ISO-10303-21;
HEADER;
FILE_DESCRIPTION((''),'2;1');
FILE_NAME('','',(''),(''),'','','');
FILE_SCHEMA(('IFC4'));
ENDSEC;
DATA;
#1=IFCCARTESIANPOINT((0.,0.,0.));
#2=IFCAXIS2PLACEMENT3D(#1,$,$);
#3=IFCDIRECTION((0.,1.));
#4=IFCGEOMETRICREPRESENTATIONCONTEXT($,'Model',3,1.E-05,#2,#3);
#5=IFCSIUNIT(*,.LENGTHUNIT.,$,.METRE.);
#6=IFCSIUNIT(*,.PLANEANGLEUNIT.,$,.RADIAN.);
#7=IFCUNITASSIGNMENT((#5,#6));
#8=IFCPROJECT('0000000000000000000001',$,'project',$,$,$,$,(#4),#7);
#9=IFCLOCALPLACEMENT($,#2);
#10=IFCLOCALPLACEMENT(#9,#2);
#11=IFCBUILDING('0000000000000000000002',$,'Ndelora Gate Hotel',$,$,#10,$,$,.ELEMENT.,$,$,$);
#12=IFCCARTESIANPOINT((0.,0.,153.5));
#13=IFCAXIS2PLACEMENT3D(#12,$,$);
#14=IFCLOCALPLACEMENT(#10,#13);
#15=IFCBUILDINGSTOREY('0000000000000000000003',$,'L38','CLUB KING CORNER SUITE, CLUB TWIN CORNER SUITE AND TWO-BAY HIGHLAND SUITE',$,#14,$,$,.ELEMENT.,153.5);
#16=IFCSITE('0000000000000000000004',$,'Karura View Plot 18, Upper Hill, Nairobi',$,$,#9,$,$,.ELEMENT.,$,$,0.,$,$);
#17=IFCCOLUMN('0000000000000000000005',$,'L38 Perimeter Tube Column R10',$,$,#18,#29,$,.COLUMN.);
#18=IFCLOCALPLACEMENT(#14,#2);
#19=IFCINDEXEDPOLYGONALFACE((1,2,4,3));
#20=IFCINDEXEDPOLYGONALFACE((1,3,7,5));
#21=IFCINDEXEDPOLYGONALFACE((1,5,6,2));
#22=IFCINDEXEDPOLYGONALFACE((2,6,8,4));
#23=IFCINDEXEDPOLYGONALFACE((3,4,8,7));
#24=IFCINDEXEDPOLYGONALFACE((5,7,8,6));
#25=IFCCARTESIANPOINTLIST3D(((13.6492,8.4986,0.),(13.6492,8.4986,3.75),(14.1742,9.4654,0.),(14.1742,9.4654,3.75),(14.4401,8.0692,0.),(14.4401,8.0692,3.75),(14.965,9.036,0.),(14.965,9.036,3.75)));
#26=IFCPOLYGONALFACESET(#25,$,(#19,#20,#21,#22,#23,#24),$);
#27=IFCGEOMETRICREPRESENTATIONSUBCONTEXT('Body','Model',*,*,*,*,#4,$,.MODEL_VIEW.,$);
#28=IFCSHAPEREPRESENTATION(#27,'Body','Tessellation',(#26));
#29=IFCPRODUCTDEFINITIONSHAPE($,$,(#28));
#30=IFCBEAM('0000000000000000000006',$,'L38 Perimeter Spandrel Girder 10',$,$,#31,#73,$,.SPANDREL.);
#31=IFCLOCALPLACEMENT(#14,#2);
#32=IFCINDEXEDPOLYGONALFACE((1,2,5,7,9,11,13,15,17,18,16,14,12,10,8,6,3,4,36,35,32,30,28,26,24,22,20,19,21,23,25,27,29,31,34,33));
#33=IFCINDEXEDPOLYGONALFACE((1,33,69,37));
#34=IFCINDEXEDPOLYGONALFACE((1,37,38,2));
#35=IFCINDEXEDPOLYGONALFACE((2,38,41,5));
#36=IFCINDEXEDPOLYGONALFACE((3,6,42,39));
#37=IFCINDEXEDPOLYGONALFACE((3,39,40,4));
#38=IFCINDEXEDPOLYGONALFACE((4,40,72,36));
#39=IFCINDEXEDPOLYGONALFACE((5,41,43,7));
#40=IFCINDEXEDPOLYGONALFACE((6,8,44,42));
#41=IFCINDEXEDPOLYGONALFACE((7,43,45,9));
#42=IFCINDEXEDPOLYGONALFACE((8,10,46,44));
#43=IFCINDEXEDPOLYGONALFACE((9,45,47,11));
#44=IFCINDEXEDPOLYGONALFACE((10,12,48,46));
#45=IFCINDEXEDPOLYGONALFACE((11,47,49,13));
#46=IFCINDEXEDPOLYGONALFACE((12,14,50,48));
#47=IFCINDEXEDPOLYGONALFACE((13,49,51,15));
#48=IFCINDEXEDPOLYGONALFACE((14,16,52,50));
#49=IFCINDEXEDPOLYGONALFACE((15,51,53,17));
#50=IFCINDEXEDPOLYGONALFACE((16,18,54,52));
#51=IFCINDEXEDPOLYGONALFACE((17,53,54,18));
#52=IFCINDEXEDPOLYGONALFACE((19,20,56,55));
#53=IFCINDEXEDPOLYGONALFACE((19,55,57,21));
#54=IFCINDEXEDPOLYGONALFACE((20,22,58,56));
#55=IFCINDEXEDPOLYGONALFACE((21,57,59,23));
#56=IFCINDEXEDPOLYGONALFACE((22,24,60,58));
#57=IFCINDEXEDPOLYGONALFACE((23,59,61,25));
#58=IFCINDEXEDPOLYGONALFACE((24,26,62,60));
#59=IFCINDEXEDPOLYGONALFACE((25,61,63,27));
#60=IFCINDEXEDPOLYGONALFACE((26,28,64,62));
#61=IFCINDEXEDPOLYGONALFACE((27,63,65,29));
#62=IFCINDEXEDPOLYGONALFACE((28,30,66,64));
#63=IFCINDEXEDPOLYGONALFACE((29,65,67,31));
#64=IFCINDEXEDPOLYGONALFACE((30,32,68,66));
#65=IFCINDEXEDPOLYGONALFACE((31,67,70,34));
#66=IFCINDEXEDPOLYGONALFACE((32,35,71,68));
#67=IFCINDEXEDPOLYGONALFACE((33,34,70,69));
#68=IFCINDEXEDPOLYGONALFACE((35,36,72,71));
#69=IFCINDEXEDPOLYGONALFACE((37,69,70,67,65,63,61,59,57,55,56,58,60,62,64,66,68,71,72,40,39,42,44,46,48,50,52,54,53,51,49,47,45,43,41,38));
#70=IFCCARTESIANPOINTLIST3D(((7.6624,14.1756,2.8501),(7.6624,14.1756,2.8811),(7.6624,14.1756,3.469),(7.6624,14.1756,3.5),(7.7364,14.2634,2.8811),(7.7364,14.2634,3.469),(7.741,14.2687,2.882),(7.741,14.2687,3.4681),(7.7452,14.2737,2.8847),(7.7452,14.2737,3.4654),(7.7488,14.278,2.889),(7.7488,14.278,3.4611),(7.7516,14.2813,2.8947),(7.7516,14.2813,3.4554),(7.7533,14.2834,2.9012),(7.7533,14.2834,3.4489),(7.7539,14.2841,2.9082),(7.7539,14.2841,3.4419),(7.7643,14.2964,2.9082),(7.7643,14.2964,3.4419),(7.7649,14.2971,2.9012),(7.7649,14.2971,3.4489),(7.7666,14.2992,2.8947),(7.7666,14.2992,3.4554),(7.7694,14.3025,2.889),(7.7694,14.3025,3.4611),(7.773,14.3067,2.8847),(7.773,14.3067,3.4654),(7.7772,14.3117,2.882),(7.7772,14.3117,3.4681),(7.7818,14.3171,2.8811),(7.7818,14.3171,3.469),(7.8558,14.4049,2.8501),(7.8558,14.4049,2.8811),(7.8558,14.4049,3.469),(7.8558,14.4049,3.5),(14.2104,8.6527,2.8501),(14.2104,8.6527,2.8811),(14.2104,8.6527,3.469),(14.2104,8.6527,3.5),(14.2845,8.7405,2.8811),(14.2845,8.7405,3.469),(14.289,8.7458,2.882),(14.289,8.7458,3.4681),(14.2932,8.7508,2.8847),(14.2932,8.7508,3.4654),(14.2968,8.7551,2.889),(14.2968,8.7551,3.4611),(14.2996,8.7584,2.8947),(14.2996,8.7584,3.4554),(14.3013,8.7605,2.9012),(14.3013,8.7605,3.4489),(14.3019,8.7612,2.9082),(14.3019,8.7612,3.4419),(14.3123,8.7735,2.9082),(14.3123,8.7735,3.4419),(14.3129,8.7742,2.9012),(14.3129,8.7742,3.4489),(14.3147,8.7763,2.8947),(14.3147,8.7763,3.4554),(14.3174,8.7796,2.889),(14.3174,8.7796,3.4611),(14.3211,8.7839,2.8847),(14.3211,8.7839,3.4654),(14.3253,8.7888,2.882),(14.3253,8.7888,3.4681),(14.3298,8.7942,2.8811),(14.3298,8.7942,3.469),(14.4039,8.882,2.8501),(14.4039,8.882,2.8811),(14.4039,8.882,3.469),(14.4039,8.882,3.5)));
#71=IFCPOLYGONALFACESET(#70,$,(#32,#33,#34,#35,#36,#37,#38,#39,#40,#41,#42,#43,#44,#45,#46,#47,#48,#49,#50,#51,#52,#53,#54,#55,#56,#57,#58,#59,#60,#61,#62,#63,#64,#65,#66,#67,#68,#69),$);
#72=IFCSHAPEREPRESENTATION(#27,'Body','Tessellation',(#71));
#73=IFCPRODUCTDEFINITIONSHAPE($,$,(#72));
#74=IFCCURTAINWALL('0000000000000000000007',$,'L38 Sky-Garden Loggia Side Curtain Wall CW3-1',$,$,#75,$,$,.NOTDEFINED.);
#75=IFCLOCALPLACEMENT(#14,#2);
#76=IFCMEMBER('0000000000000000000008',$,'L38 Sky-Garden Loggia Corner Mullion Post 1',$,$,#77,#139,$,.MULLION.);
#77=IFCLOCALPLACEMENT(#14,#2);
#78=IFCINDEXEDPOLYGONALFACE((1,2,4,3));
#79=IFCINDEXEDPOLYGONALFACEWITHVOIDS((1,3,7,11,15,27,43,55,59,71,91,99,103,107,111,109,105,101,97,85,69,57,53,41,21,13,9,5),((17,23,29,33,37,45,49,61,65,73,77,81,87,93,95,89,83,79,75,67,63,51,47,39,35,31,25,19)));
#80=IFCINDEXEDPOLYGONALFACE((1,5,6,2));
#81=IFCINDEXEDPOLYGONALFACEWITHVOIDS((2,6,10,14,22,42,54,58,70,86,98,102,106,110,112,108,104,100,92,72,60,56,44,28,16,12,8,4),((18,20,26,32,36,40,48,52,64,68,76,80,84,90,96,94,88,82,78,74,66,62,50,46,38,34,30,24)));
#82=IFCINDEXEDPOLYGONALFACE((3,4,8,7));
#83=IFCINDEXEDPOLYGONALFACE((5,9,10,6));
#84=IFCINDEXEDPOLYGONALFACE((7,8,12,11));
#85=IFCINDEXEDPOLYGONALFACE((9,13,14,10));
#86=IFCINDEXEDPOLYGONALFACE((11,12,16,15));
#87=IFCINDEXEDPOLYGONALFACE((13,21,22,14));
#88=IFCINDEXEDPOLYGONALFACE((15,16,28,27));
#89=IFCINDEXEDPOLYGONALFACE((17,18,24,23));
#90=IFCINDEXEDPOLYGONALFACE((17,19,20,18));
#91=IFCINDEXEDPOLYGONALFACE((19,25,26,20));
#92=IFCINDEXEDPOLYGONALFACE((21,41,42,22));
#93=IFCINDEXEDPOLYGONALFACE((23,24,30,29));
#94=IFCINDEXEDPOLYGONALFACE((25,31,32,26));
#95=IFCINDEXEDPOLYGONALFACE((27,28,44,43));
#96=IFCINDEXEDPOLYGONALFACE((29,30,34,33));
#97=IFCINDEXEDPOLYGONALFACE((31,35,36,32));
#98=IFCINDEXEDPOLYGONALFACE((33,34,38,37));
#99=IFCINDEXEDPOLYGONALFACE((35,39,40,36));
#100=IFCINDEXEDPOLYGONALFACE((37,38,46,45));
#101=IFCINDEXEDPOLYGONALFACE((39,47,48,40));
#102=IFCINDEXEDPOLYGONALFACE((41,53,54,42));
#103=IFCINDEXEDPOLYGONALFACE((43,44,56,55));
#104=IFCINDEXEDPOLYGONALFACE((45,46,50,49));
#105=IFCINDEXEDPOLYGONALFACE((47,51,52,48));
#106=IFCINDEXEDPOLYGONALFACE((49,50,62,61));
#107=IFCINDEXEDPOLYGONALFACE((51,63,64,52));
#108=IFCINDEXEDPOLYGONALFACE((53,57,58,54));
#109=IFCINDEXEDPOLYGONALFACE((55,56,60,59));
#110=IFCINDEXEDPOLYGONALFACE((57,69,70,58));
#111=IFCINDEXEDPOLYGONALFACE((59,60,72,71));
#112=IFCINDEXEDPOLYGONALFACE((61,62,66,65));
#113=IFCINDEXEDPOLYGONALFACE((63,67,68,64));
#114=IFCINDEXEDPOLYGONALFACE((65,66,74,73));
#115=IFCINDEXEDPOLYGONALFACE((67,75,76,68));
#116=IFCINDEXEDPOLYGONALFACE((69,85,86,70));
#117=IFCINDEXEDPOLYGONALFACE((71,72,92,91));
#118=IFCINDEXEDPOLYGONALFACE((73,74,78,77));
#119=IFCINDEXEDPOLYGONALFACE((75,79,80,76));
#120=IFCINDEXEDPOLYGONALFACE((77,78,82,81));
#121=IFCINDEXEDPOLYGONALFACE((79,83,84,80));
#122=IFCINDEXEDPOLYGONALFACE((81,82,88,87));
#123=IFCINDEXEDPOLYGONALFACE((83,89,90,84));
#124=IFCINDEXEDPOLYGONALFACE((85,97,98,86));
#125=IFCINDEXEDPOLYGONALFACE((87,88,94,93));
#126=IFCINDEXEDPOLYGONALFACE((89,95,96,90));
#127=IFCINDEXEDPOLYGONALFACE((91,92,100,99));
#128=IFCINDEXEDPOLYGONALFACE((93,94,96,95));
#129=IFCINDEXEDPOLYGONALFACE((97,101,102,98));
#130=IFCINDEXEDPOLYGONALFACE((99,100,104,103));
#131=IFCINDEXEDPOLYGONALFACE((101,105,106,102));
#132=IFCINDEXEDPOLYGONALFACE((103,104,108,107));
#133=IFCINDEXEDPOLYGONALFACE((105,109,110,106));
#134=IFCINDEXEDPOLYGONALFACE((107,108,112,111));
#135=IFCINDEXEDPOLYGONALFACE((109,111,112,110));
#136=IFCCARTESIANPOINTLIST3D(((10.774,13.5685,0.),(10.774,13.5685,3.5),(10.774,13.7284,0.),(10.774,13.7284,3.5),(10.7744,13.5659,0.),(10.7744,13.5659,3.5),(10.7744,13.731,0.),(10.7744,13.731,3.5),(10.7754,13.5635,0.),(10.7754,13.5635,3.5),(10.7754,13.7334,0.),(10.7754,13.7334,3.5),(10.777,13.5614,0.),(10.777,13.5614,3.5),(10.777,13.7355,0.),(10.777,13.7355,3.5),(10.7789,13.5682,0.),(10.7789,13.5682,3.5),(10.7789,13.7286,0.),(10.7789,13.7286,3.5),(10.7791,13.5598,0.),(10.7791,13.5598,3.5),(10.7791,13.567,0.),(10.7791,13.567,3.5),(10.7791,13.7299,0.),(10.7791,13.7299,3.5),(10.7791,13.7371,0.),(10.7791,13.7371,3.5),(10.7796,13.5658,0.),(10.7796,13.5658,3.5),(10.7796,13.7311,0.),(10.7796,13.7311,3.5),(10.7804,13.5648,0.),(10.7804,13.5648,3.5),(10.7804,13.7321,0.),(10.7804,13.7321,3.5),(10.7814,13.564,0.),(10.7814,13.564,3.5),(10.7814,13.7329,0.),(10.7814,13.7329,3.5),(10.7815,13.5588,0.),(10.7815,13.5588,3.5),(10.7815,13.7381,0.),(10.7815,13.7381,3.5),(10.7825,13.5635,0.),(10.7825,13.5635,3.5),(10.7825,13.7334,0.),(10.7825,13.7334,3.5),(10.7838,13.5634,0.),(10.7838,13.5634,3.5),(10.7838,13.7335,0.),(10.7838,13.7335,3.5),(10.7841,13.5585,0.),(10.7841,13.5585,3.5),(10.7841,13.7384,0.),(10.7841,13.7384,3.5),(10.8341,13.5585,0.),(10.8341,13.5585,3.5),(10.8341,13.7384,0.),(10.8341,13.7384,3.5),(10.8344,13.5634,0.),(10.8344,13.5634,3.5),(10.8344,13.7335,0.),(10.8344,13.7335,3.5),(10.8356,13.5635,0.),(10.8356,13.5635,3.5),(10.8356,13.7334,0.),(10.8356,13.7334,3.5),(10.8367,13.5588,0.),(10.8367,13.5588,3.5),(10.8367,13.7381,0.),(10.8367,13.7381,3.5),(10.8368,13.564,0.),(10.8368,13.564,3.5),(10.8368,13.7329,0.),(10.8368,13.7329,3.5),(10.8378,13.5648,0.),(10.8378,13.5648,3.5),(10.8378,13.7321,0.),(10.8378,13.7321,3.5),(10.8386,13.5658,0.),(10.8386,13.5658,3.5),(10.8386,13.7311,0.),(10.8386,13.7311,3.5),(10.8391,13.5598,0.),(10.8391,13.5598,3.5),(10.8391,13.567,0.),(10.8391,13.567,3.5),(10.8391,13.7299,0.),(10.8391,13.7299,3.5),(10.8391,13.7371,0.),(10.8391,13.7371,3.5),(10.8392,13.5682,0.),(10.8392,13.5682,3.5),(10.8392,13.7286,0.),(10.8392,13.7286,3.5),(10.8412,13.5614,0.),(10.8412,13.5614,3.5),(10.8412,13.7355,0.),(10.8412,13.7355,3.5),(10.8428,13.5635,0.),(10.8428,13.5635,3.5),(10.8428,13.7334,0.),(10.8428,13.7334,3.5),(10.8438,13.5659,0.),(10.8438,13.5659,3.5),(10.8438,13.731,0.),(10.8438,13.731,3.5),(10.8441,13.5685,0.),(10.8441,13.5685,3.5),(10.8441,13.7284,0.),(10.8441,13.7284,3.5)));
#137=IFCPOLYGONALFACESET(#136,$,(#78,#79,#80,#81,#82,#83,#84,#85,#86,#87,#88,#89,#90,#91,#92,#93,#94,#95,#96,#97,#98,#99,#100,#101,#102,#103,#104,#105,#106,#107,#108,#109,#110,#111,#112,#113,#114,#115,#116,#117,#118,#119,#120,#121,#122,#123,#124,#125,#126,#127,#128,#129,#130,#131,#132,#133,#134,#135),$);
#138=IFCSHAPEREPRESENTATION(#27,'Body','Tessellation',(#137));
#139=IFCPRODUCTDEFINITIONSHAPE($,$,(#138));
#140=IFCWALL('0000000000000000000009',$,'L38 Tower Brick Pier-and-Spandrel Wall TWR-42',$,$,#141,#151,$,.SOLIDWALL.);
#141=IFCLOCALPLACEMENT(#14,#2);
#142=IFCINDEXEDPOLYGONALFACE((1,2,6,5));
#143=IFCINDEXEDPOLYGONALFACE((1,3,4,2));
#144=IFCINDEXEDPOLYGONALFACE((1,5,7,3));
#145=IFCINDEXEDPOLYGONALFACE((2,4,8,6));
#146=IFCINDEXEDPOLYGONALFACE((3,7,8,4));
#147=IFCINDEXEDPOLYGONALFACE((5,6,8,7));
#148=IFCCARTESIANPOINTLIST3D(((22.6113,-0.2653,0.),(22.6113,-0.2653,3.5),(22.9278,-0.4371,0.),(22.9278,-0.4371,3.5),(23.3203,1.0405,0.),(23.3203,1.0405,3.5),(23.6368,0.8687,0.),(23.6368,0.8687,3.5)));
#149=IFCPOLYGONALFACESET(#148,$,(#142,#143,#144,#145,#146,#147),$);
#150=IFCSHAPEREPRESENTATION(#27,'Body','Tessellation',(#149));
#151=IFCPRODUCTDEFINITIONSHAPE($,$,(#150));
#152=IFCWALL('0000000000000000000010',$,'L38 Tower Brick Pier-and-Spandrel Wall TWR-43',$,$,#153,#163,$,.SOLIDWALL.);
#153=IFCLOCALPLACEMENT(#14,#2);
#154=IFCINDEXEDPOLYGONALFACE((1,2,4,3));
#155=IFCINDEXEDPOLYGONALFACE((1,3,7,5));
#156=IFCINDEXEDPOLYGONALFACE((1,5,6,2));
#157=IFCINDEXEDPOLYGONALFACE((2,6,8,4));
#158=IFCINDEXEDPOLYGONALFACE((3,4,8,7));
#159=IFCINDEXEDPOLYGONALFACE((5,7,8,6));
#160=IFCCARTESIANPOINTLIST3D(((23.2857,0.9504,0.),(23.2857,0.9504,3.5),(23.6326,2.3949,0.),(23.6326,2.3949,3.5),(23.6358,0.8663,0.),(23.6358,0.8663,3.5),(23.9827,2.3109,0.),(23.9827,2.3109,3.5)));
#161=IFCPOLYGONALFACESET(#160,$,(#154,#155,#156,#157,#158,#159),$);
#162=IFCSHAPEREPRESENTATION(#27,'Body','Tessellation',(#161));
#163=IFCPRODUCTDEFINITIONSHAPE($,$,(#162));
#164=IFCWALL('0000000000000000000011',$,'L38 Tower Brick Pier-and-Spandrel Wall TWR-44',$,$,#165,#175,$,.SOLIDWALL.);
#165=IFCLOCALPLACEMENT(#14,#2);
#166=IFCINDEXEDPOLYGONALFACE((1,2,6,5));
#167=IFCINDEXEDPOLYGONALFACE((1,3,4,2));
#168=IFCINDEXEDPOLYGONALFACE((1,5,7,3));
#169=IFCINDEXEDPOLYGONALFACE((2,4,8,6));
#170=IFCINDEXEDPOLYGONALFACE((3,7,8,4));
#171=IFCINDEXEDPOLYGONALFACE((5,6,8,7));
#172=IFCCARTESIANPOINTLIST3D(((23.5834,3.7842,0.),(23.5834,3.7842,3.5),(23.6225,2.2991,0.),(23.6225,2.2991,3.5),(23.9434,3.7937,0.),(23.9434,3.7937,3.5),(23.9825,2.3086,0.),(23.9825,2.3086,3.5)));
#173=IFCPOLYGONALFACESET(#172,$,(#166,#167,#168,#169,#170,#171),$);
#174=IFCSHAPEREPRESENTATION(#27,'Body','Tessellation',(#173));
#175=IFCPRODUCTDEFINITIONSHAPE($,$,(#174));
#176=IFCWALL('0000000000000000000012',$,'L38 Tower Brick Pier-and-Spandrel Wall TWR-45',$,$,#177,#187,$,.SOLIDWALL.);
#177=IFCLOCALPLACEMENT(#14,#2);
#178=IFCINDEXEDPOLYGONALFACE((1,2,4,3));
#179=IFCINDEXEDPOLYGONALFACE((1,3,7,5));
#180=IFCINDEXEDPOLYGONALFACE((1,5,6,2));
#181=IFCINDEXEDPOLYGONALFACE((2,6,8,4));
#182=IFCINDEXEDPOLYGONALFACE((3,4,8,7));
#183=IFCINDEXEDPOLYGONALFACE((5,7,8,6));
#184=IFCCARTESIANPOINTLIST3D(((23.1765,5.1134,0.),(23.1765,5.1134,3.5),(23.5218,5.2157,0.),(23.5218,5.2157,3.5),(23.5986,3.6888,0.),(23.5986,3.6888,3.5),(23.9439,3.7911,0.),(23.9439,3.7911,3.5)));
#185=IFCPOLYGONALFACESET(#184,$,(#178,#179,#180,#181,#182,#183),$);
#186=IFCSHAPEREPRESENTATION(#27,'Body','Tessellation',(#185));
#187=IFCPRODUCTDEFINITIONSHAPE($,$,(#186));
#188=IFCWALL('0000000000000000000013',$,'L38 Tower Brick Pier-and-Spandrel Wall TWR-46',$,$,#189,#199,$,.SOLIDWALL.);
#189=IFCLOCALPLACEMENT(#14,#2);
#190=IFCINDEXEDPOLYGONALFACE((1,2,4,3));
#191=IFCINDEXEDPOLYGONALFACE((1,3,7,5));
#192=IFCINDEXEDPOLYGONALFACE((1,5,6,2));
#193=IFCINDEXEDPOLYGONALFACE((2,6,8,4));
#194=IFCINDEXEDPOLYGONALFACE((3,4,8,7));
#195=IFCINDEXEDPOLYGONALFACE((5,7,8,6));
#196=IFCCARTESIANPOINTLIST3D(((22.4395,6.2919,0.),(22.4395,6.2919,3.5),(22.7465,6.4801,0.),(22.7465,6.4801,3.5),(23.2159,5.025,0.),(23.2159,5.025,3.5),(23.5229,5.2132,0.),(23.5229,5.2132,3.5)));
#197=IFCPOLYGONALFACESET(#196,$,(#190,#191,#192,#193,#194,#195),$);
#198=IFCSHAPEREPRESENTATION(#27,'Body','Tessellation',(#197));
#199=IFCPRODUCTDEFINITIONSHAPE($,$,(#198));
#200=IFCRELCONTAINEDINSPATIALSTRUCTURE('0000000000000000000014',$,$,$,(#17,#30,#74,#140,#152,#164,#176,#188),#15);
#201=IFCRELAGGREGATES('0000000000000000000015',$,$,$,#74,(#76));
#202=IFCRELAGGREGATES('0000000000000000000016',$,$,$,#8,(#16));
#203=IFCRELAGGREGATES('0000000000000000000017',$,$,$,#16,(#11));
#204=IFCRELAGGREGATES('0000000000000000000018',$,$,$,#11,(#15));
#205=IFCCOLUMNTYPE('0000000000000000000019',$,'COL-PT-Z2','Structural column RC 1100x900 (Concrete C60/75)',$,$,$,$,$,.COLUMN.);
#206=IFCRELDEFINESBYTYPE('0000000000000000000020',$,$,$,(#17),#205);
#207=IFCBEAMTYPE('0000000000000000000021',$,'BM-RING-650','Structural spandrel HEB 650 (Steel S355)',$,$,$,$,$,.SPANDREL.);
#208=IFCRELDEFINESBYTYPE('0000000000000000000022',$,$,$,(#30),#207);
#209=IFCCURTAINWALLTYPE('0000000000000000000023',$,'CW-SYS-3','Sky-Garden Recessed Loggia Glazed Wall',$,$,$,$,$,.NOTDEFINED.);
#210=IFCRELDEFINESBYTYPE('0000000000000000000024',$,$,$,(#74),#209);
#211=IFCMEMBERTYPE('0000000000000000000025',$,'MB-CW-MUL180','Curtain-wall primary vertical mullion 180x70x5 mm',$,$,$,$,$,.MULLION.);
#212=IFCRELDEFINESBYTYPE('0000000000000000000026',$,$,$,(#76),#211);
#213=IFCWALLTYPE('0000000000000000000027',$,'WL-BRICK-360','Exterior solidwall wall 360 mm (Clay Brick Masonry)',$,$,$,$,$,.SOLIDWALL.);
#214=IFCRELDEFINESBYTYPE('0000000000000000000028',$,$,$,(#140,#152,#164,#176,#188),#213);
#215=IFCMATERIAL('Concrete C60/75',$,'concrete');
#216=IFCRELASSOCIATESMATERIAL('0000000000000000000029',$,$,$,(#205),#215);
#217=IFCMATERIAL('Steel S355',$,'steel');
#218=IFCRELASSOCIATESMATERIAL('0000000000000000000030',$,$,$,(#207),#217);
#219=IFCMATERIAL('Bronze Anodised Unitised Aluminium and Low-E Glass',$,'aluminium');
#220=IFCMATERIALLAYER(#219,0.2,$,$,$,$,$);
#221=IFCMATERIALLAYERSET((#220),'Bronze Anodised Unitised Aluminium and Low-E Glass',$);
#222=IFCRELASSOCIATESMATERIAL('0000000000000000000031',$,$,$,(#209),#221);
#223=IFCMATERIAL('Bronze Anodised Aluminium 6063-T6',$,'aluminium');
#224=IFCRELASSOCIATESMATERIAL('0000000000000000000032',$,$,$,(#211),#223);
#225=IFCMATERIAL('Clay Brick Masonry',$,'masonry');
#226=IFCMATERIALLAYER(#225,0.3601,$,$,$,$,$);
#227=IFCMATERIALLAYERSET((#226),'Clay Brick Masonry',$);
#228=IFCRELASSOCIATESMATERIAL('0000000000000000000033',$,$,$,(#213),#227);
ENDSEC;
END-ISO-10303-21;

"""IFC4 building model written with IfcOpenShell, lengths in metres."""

from ifc_helpers import new_model, si_unit, direction, frame, frame_2d, origin, origin_2d, place, context, subcontext, project, spatial, rectangle, hollow_rectangle, i_section, extrude, material, layer, layer_set, material_profile, profile_set, type_object, element, aggregate, save


model = new_model("IFC4")

# Units and contexts
model_context = context("Model", 3, precision=1e-05, world=origin(), true_north=direction((0.0, 1.0)))
body_context = subcontext(model_context, "Body", "Model", "MODEL_VIEW")
ifc_project = project(units=[si_unit("LENGTHUNIT", "METRE"), si_unit("PLANEANGLEUNIT", "RADIAN")], contexts=[model_context])

# Site, building, storey
site_placement = place(None, origin())
site = spatial("IfcSite", under=ifc_project, at=site_placement, Name="Karura View Plot 18, Upper Hill, Nairobi", CompositionType="ELEMENT", RefElevation=0.0)
building_placement = place(site_placement, origin())
building = spatial("IfcBuilding", under=site, at=building_placement, Name="Ndelora Gate Hotel", CompositionType="ELEMENT")
storey_placement = place(building_placement, frame((0.0, 0.0, 153.5)))
storey = spatial("IfcBuildingStorey", under=building, at=storey_placement, Name="L38", Description="CLUB KING CORNER SUITE, CLUB TWIN CORNER SUITE AND TWO-BAY HIGHLAND SUITE", CompositionType="ELEMENT", Elevation=153.5)

# Column
ifc_material_1 = material(Name="Concrete C60/75", Category="concrete")
ifc_material_profile_1 = material_profile(ifc_material_1, rectangle(XDim=0.8999, YDim=1.1001, at=origin_2d()), Name="RC 1100x900")
ifc_profile_set_1 = profile_set([ifc_material_profile_1], Name="Concrete C60/75")
column_type = type_object("IfcColumnType", Name="COL-PT-Z2", Description="Structural column RC 1100x900 (Concrete C60/75)", PredefinedType="COLUMN", material=ifc_profile_set_1)
column_placement = place(storey_placement, frame((14.3071, 8.7673, 0.0), z_axis=(0.0, 0.0, 1.0), x_axis=(-0.878817, 0.477159, 0.0)))
element("IfcColumn", 1, at=column_placement, inside=storey, type_object=column_type, Name="L38 Perimeter Tube Column R10", PredefinedType="COLUMN", context=body_context, shape_type="SweptSolid", body=[
    extrude(rectangle(XDim=0.8999, YDim=1.1001, at=origin_2d()), origin(), (0.0, 0.0, 1.0), 3.75),
])

# Beam
ifc_material_2 = material(Name="Steel S355", Category="steel")
ifc_material_profile_2 = material_profile(ifc_material_2, i_section(OverallWidth=0.3, OverallDepth=0.6499, WebThickness=0.0161, FlangeThickness=0.031, FilletRadius=0.0271, at=origin_2d()), Name="HEB 650")
ifc_profile_set_2 = profile_set([ifc_material_profile_2], Name="Steel S355")
beam_type = type_object("IfcBeamType", Name="BM-RING-650", Description="Structural spandrel HEB 650 (Steel S355)", PredefinedType="SPANDREL", material=ifc_profile_set_2)
beam_placement = place(storey_placement, frame((14.3071, 8.7673, 3.175), z_axis=(-0.764407, 0.644734, 0.0), x_axis=(-0.644734, -0.764407, 0.0)))
element("IfcBeam", 2, at=beam_placement, inside=storey, type_object=beam_type, Name="L38 Perimeter Spandrel Girder 10", PredefinedType="SPANDREL", context=body_context, shape_type="SweptSolid", body=[
    extrude(i_section(OverallWidth=0.3, OverallDepth=0.6499, WebThickness=0.0161, FlangeThickness=0.031, FilletRadius=0.0271, at=origin_2d()), origin(), (0.0, 0.0, 1.0), 8.5662),
])

# Curtain wall, member
ifc_material_3 = material(Name="Bronze Anodised Unitised Aluminium and Low-E Glass", Category="aluminium")
ifc_layer_1 = layer(ifc_material_3, 0.2)
ifc_layer_set_1 = layer_set([ifc_layer_1], Name="Bronze Anodised Unitised Aluminium and Low-E Glass")
curtain_wall_type = type_object("IfcCurtainWallType", Name="CW-SYS-3", Description="Sky-Garden Recessed Loggia Glazed Wall", PredefinedType="NOTDEFINED", material=ifc_layer_set_1)
curtain_wall_placement = place(storey_placement, origin())
curtain_wall = element("IfcCurtainWall", 3, at=curtain_wall_placement, inside=storey, type_object=curtain_wall_type, Name="L38 Sky-Garden Loggia Side Curtain Wall CW3-1", PredefinedType="NOTDEFINED")
ifc_material_4 = material(Name="Bronze Anodised Aluminium 6063-T6", Category="aluminium")
ifc_material_profile_3 = material_profile(ifc_material_4, hollow_rectangle(XDim=0.0701, YDim=0.1799, WallThickness=0.0049, InnerFilletRadius=0.0049, OuterFilletRadius=0.01, at=origin_2d()), Name="ALU 180x70x5")
ifc_profile_set_3 = profile_set([ifc_material_profile_3], Name="Bronze Anodised Aluminium 6063-T6")
member_type = type_object("IfcMemberType", Name="MB-CW-MUL180", Description="Curtain-wall primary vertical mullion 180x70x5 mm", PredefinedType="MULLION", material=ifc_profile_set_3)
member_placement = place(storey_placement, frame((10.8091, 13.6484, 0.0), z_axis=(0.0, 0.0, 1.0), x_axis=(1.0, 0.0, 0.0)))
member = element("IfcMember", 4, at=member_placement, type_object=member_type, Name="L38 Sky-Garden Loggia Corner Mullion Post 1", PredefinedType="MULLION", context=body_context, shape_type="SweptSolid", body=[
    extrude(hollow_rectangle(XDim=0.0701, YDim=0.1799, WallThickness=0.0049, InnerFilletRadius=0.0049, OuterFilletRadius=0.01, at=origin_2d()), origin(), (0.0, 0.0, 1.0), 3.5),
])
aggregate(curtain_wall, [member])

# Walls
ifc_material_5 = material(Name="Clay Brick Masonry", Category="masonry")
ifc_layer_2 = layer(ifc_material_5, 0.3601)
ifc_layer_set_2 = layer_set([ifc_layer_2], Name="Clay Brick Masonry")
wall_type_1 = type_object("IfcWallType", Name="WL-BRICK-360", Description="Exterior solidwall wall 360 mm (Clay Brick Masonry)", PredefinedType="SOLIDWALL", material=ifc_layer_set_2)
wall_1_placement = place(storey_placement, frame((23.4785, 0.9546, 0.0), z_axis=(0.0, 0.0, 1.0), x_axis=(-0.477124, -0.878836, 0.0)))
element("IfcWall", 5, at=wall_1_placement, inside=storey, type_object=wall_type_1, Name="L38 Tower Brick Pier-and-Spandrel Wall TWR-42", PredefinedType="SOLIDWALL", context=body_context, shape_type="SweptSolid", body=[
    extrude(rectangle(XDim=1.4858, YDim=0.3601, at=frame_2d((0.7429, 0.0))), origin(), (0.0, 0.0, 1.0), 3.5),
])
for number, where, z_axis, x_axis, name in (
    (6, (23.8076, 2.3528, 0.0), (0.0, 0.0, 1.0), (-0.233516, -0.972353, 0.0), "L38 Tower Brick Pier-and-Spandrel Wall TWR-43"),
    (7, (23.7634, 3.7888, 0.0), (0.0, 0.0, 1.0), (0.026294, -0.999654, 0.0), "L38 Tower Brick Pier-and-Spandrel Wall TWR-44"),
):
    element("IfcWall", number, at=place(storey_placement, frame(where, z_axis=z_axis, x_axis=x_axis)), inside=storey, type_object=wall_type_1, Name=name, PredefinedType="SOLIDWALL", context=body_context, shape_type="SweptSolid", body=[
        extrude(rectangle(XDim=1.4856, YDim=0.3601, at=frame_2d((0.7427, 0.0))), origin(), (0.0, 0.0, 1.0), 3.5),
    ])
for number, where, z_axis, x_axis, name in (
    (8, (23.3491, 5.1646, 0.0), (0.0, 0.0, 1.0), (0.284105, -0.958793, 0.0), "L38 Tower Brick Pier-and-Spandrel Wall TWR-45"),
    (9, (22.593, 6.386, 0.0), (0.0, 0.0, 1.0), (0.52252, -0.852627, 0.0), "L38 Tower Brick Pier-and-Spandrel Wall TWR-46"),
):
    element("IfcWall", number, at=place(storey_placement, frame(where, z_axis=z_axis, x_axis=x_axis)), inside=storey, type_object=wall_type_1, Name=name, PredefinedType="SOLIDWALL", context=body_context, shape_type="SweptSolid", body=[
        extrude(rectangle(XDim=1.4858, YDim=0.3601, at=frame_2d((0.7429, 0.0))), origin(), (0.0, 0.0, 1.0), 3.5),
    ])

save(model, "model.ifc")
